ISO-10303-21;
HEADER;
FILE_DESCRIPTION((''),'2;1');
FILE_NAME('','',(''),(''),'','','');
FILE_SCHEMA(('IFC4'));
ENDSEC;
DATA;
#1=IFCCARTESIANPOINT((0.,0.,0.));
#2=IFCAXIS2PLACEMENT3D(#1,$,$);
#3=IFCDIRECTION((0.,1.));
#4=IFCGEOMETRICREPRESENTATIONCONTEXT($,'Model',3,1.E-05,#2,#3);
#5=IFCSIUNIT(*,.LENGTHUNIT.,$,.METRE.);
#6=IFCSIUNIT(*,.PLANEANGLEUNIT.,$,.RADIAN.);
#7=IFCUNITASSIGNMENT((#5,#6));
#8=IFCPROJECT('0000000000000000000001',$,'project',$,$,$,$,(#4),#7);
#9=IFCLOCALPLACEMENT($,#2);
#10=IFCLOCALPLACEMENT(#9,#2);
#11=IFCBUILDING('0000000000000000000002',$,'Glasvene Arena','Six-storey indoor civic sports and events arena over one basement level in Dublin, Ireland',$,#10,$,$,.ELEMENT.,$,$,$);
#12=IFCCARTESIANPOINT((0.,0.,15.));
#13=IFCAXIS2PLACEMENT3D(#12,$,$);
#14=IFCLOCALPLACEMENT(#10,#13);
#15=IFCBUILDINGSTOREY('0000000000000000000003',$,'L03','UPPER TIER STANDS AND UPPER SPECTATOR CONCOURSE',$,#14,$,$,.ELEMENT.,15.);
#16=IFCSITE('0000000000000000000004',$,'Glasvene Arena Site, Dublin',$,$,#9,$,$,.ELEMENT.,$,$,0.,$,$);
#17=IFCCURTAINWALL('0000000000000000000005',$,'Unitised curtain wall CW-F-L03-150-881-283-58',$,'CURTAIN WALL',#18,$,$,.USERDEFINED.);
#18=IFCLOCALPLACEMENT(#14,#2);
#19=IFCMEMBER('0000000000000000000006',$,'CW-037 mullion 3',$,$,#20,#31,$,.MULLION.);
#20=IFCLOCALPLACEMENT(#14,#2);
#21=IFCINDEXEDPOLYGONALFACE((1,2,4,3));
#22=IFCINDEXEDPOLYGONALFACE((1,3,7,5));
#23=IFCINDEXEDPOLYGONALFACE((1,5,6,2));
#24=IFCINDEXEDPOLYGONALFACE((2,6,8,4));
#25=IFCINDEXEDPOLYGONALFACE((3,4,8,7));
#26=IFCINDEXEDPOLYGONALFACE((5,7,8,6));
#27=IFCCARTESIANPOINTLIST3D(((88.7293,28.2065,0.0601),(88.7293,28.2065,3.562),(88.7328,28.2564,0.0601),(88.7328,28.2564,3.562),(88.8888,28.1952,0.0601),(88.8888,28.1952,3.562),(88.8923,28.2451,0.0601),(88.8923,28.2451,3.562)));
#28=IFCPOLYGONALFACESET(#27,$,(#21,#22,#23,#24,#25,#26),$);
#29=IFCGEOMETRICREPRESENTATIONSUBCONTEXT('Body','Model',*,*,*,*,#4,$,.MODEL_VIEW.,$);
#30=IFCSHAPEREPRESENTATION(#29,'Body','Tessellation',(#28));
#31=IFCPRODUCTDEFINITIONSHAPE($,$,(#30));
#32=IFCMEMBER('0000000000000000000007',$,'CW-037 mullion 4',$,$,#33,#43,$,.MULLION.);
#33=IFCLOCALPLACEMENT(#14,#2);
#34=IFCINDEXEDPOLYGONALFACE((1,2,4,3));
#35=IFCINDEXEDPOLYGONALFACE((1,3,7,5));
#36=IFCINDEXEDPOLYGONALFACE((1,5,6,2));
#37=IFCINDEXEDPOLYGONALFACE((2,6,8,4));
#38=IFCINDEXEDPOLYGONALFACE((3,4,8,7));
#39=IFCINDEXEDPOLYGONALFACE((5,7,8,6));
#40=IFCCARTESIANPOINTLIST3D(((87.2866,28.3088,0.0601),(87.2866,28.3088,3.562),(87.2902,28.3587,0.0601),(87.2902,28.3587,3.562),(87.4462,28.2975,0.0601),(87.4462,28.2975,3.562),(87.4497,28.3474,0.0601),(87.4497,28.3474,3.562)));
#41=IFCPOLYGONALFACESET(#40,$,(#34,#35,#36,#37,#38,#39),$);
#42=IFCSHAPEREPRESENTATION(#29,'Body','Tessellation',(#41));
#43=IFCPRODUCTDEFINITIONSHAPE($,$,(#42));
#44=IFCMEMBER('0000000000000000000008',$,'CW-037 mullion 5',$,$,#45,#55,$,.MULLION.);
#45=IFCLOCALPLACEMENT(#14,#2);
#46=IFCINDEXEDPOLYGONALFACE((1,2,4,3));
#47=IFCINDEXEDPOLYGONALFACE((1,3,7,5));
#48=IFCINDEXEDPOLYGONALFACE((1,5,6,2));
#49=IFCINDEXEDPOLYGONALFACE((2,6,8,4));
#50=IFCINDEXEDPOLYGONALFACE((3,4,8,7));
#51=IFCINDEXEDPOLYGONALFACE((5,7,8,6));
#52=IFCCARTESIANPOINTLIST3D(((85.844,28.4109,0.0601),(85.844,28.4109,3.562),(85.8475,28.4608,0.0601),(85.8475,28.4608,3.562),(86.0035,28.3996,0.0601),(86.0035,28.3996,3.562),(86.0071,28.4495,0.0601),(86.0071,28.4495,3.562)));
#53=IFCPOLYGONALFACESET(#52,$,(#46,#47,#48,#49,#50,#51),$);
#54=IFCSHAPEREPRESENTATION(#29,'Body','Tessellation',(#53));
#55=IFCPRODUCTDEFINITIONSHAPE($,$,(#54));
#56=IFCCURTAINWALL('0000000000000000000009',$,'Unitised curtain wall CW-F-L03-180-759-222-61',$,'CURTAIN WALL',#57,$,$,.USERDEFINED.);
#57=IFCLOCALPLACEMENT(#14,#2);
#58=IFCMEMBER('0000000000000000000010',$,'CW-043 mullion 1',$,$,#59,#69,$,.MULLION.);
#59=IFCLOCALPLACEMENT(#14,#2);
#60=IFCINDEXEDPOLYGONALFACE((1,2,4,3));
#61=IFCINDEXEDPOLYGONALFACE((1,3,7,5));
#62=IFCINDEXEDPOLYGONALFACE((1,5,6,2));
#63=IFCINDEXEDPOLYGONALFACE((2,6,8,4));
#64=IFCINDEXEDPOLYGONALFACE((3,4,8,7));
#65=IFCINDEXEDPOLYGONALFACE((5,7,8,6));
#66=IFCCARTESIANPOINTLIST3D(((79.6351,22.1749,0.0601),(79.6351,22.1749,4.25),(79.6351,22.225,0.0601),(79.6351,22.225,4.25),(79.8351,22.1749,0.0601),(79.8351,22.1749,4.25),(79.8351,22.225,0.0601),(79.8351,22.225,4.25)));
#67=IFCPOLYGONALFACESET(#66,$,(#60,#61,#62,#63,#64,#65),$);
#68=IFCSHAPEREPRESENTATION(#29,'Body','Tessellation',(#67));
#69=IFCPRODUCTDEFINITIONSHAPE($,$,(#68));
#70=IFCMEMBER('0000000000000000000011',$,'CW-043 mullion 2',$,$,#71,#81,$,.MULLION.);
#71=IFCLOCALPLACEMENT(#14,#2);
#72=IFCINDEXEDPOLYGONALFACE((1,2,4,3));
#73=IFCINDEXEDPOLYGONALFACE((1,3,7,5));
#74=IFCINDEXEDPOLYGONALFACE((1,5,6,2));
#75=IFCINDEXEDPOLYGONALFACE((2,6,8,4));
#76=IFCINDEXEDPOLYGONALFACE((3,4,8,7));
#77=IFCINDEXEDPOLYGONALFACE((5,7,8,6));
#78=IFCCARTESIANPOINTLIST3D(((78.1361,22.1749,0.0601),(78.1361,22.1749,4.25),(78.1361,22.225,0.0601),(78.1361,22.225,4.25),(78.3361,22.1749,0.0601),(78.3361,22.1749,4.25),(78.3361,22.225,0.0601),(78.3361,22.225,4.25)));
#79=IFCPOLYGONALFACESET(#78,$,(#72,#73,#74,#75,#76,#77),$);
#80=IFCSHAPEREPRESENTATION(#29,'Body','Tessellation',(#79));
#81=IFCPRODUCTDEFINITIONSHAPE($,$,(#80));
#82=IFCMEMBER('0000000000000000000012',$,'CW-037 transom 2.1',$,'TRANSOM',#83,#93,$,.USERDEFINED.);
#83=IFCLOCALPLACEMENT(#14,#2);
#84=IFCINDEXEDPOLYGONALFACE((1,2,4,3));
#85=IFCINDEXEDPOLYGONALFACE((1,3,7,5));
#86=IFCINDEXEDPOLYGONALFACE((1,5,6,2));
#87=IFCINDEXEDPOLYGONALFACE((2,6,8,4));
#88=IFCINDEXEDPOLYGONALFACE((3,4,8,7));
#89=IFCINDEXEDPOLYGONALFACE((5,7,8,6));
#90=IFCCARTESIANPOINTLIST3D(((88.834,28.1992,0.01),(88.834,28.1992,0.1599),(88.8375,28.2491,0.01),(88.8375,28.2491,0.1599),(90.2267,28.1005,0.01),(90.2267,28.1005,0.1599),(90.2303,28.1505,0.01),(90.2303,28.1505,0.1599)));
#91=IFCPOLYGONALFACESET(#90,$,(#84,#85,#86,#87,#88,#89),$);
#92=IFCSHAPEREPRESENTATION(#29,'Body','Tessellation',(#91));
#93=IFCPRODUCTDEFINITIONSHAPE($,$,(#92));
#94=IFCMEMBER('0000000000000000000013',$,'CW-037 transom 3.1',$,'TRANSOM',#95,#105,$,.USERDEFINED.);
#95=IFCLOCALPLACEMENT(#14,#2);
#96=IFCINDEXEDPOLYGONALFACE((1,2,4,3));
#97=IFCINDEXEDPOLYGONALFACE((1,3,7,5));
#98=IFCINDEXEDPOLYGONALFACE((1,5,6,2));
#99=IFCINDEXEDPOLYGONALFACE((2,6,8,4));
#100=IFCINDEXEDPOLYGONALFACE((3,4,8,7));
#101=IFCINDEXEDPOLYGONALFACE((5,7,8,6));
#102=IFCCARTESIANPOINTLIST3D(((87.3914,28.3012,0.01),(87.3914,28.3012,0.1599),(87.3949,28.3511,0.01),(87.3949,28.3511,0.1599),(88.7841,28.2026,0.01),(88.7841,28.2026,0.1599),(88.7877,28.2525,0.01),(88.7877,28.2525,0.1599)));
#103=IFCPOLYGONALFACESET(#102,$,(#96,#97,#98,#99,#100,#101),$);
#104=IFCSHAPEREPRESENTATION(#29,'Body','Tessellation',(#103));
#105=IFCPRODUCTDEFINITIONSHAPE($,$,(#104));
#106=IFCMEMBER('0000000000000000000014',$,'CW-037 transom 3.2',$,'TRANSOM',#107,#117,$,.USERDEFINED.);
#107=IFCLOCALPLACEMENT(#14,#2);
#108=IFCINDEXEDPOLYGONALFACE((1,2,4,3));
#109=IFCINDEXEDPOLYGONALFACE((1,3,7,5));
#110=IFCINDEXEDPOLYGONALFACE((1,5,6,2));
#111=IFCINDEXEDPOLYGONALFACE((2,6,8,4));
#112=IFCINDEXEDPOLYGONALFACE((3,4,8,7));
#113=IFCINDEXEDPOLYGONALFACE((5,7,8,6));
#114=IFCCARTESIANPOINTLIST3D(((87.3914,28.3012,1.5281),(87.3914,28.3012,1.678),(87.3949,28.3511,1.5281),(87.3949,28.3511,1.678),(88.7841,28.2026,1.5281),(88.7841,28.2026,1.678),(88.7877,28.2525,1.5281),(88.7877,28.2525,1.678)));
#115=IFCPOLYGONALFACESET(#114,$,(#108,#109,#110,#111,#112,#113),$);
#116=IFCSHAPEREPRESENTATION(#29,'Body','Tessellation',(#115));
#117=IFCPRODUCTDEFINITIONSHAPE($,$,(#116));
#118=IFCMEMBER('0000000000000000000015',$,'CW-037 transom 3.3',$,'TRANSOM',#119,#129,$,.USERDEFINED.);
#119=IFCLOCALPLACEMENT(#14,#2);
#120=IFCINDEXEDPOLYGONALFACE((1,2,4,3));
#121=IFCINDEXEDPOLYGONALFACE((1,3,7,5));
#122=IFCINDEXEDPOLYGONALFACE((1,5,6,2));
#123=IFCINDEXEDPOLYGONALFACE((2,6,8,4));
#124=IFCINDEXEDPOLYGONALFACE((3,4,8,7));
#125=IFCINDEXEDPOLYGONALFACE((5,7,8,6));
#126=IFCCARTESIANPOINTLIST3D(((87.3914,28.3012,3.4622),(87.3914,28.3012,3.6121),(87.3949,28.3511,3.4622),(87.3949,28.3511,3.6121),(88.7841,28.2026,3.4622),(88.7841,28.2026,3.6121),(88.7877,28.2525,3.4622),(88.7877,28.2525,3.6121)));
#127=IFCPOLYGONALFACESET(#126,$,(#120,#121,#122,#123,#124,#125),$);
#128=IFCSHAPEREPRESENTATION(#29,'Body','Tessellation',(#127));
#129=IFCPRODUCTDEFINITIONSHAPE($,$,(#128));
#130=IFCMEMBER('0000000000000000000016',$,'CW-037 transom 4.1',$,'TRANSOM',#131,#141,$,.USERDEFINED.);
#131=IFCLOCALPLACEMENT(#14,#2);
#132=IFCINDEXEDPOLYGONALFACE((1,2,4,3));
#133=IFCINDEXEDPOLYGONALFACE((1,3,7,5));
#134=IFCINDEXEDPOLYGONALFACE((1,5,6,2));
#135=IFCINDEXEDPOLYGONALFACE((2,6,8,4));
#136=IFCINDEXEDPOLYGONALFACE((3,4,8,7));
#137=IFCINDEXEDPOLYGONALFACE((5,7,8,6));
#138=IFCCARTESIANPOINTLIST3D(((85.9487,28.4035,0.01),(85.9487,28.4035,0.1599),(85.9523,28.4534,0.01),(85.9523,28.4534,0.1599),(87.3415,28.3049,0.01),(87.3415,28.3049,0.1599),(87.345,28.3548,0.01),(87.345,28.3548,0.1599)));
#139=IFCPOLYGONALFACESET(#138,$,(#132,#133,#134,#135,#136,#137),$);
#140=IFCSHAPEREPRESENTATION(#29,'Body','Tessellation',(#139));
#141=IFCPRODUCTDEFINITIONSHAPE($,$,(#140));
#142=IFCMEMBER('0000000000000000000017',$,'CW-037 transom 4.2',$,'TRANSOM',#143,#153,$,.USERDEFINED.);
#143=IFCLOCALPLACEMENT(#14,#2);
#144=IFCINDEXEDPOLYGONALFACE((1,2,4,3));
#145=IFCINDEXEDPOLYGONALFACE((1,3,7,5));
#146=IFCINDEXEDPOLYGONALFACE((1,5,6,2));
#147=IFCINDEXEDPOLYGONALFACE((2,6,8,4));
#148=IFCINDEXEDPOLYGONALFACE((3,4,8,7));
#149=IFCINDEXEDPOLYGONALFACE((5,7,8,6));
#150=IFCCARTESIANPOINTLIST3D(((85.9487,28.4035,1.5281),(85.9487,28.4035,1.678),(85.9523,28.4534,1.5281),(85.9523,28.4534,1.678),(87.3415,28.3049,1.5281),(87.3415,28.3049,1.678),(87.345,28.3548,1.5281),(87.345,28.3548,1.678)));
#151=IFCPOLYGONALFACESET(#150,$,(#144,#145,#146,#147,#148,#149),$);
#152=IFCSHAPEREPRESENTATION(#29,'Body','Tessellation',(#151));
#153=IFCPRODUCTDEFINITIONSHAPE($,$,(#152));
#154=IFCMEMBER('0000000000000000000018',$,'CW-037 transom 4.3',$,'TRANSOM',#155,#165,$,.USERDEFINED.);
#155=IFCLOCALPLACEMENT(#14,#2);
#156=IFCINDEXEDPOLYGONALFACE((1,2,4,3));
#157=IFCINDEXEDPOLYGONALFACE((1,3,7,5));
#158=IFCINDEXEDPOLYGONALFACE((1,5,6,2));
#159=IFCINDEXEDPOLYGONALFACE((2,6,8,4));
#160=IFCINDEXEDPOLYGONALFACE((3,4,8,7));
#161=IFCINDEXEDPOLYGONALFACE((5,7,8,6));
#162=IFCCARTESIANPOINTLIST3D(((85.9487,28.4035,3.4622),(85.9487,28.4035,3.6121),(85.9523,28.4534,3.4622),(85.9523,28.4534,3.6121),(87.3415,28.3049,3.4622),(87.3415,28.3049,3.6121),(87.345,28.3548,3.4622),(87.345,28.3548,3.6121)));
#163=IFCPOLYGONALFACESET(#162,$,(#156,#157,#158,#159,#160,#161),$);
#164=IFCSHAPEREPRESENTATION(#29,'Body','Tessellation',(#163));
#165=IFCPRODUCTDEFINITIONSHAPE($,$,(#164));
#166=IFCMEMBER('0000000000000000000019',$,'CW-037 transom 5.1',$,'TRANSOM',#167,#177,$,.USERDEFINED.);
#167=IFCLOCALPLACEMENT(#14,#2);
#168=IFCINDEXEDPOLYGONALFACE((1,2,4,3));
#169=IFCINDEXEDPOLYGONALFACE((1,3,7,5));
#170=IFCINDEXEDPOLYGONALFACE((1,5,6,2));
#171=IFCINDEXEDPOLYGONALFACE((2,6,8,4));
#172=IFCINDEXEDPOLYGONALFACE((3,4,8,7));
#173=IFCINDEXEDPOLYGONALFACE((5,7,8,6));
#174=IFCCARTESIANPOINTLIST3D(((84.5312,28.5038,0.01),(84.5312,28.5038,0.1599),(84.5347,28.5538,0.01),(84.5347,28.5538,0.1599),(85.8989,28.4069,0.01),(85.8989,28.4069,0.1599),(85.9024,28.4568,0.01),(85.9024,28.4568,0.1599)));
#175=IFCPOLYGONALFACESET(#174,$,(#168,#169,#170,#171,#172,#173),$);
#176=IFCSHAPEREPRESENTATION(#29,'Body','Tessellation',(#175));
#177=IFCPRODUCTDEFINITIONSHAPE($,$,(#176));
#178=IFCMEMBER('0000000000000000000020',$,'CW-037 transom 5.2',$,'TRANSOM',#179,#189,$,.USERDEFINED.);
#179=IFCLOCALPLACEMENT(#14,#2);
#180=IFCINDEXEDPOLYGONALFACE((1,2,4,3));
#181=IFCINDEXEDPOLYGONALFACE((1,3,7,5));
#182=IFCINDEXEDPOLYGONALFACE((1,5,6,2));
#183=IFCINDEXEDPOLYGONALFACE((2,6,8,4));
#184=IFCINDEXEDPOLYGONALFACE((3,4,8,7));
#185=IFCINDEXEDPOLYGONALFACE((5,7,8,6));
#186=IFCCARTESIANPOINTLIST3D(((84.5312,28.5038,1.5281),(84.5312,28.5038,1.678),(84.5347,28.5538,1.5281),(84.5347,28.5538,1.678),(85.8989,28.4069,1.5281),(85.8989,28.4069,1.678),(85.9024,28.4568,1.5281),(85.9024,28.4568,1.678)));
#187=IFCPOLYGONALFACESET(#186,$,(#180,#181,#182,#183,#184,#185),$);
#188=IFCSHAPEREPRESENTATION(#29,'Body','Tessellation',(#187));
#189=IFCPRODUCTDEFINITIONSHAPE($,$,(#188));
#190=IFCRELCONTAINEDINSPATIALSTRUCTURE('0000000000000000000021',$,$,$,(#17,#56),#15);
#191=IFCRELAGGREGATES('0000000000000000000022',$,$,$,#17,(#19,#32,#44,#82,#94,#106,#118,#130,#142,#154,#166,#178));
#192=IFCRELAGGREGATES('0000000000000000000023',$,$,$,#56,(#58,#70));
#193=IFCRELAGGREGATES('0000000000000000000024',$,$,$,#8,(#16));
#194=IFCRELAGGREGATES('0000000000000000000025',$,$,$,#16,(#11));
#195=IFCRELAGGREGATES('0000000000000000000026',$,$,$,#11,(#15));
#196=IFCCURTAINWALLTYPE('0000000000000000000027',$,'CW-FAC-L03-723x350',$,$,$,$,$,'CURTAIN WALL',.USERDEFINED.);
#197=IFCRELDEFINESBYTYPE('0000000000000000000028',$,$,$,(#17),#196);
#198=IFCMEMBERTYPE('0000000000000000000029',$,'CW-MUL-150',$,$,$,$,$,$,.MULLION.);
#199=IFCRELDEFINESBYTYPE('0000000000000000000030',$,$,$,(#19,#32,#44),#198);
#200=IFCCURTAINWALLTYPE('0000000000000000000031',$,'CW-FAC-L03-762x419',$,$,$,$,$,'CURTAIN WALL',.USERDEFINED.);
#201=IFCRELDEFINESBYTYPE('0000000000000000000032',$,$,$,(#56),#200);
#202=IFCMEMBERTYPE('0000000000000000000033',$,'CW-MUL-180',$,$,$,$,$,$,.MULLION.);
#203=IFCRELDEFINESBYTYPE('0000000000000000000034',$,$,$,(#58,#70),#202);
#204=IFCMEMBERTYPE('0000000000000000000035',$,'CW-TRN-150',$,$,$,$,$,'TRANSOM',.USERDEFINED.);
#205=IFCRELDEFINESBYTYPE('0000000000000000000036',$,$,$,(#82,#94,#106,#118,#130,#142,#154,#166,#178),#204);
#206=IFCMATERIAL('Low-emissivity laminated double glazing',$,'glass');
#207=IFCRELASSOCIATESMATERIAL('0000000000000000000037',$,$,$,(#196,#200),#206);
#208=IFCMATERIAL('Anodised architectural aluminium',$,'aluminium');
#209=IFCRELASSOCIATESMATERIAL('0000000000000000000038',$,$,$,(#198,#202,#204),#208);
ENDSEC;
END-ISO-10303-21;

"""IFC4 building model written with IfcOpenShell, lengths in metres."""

from ifc_helpers import new_model, si_unit, direction, frame, origin, origin_2d, place, context, subcontext, project, spatial, rectangle, extrude, material, material_profile, profile_set, type_object, element, aggregate, save


model = new_model("IFC4")

# Units and contexts
model_context = context("Model", 3, precision=1e-05, world=origin(), true_north=direction((0.0, 1.0)))
body_context = subcontext(model_context, "Body", "Model", "MODEL_VIEW")
ifc_project = project(units=[si_unit("LENGTHUNIT", "METRE"), si_unit("PLANEANGLEUNIT", "RADIAN")], contexts=[model_context])

# Site, building, storey
site_placement = place(None, origin())
site = spatial("IfcSite", under=ifc_project, at=site_placement, Name="Glasvene Arena Site, Dublin", CompositionType="ELEMENT", RefElevation=0.0)
building_placement = place(site_placement, origin())
building = spatial("IfcBuilding", under=site, at=building_placement, Name="Glasvene Arena", Description="Six-storey indoor civic sports and events arena over one basement level in Dublin, Ireland", CompositionType="ELEMENT")
storey_placement = place(building_placement, frame((0.0, 0.0, 15.0)))
storey = spatial("IfcBuildingStorey", under=building, at=storey_placement, Name="L03", Description="UPPER TIER STANDS AND UPPER SPECTATOR CONCOURSE", CompositionType="ELEMENT", Elevation=15.0)

# Curtain walls, members
ifc_material_1 = material(Name="Low-emissivity laminated double glazing", Category="glass")
curtain_wall_type_1 = type_object("IfcCurtainWallType", Name="CW-FAC-L03-723x350", ElementType="CURTAIN WALL", PredefinedType="USERDEFINED", material=ifc_material_1)
curtain_wall_1_placement = place(storey_placement, frame((91.696, 28.0215, 0.0)))
curtain_wall_1 = element("IfcCurtainWall", 1, at=curtain_wall_1_placement, inside=storey, type_object=curtain_wall_type_1, Name="Unitised curtain wall CW-F-L03-150-881-283-58", ObjectType="CURTAIN WALL", PredefinedType="USERDEFINED")
ifc_material_2 = material(Name="Anodised architectural aluminium", Category="aluminium")
ifc_material_profile_1 = material_profile(ifc_material_2, rectangle(XDim=0.05, YDim=0.1599, at=origin_2d()), Name="ALU MULLION 50x160")
ifc_profile_set_1 = profile_set([ifc_material_profile_1], Name="Anodised architectural aluminium")
member_type_1 = type_object("IfcMemberType", Name="CW-MUL-150", PredefinedType="MULLION", material=ifc_profile_set_1)
member_1_placement = place(storey_placement, frame((88.8108, 28.2258, 0.0601), z_axis=(0.0, 0.0, 1.0), x_axis=(-0.070652, -0.997501, 0.0)))
member_1 = element("IfcMember", 2, at=member_1_placement, type_object=member_type_1, Name="CW-037 mullion 3", PredefinedType="MULLION", context=body_context, shape_type="SweptSolid", body=[
    extrude(rectangle(XDim=0.05, YDim=0.1599, at=origin_2d()), origin(), (0.0, 0.0, 1.0), 3.502),
])
member_2_placement = place(storey_placement, frame((87.3682, 28.3281, 0.0601), z_axis=(0.0, 0.0, 1.0), x_axis=(-0.070652, -0.997501, 0.0)))
member_2 = element("IfcMember", 3, at=member_2_placement, type_object=member_type_1, Name="CW-037 mullion 4", PredefinedType="MULLION", context=body_context, shape_type="SweptSolid", body=[
    extrude(rectangle(XDim=0.05, YDim=0.1599, at=origin_2d()), origin(), (0.0, 0.0, 1.0), 3.502),
])
member_3_placement = place(storey_placement, frame((85.9255, 28.4302, 0.0601), z_axis=(0.0, 0.0, 1.0), x_axis=(-0.070652, -0.997501, 0.0)))
member_3 = element("IfcMember", 4, at=member_3_placement, type_object=member_type_1, Name="CW-037 mullion 5", PredefinedType="MULLION", context=body_context, shape_type="SweptSolid", body=[
    extrude(rectangle(XDim=0.05, YDim=0.1599, at=origin_2d()), origin(), (0.0, 0.0, 1.0), 3.502),
])
curtain_wall_type_2 = type_object("IfcCurtainWallType", Name="CW-FAC-L03-762x419", ElementType="CURTAIN WALL", PredefinedType="USERDEFINED", material=ifc_material_1)
curtain_wall_2_placement = place(storey_placement, frame((79.76, 22.2, 0.0)))
curtain_wall_2 = element("IfcCurtainWall", 5, at=curtain_wall_2_placement, inside=storey, type_object=curtain_wall_type_2, Name="Unitised curtain wall CW-F-L03-180-759-222-61", ObjectType="CURTAIN WALL", PredefinedType="USERDEFINED")
ifc_material_profile_2 = material_profile(ifc_material_2, rectangle(XDim=0.05, YDim=0.2, at=origin_2d()), Name="ALU MULLION 50x200")
ifc_profile_set_2 = profile_set([ifc_material_profile_2], Name="Anodised architectural aluminium")
member_type_2 = type_object("IfcMemberType", Name="CW-MUL-180", PredefinedType="MULLION", material=ifc_profile_set_2)
member_4_placement = place(storey_placement, frame((79.7351, 22.2, 0.0601), z_axis=(0.0, 0.0, 1.0), x_axis=(0.0, -1.0, 0.0)))
member_4 = element("IfcMember", 6, at=member_4_placement, type_object=member_type_2, Name="CW-043 mullion 1", PredefinedType="MULLION", context=body_context, shape_type="SweptSolid", body=[
    extrude(rectangle(XDim=0.05, YDim=0.2, at=origin_2d()), origin(), (0.0, 0.0, 1.0), 4.1899),
])
member_5_placement = place(storey_placement, frame((78.2361, 22.2, 0.0601), z_axis=(0.0, 0.0, 1.0), x_axis=(0.0, -1.0, 0.0)))
member_5 = element("IfcMember", 7, at=member_5_placement, type_object=member_type_2, Name="CW-043 mullion 2", PredefinedType="MULLION", context=body_context, shape_type="SweptSolid", body=[
    extrude(rectangle(XDim=0.05, YDim=0.2, at=origin_2d()), origin(), (0.0, 0.0, 1.0), 4.1899),
])

# Members
ifc_material_profile_3 = material_profile(ifc_material_2, rectangle(XDim=0.05, YDim=0.1499, at=origin_2d()), Name="ALU TRANSOM 50x150")
ifc_profile_set_3 = profile_set([ifc_material_profile_3], Name="Anodised architectural aluminium")
member_type_3 = type_object("IfcMemberType", Name="CW-TRN-150", ElementType="TRANSOM", PredefinedType="USERDEFINED", material=ifc_profile_set_3)
member_6_placement = place(storey_placement, frame((90.2285, 28.1255, 0.085), z_axis=(-0.997502, 0.070638, 0.0), x_axis=(-0.070638, -0.997502, 0.0)))
member_6 = element("IfcMember", 8, at=member_6_placement, type_object=member_type_3, Name="CW-037 transom 2.1", ObjectType="TRANSOM", PredefinedType="USERDEFINED", context=body_context, shape_type="SweptSolid", body=[
    extrude(rectangle(XDim=0.05, YDim=0.1499, at=origin_2d()), origin(), (0.0, 0.0, 1.0), 1.3962),
])
member_7_placement = place(storey_placement, frame((88.7859, 28.2275, 0.085), z_axis=(-0.997502, 0.070638, 0.0), x_axis=(-0.070638, -0.997502, 0.0)))
member_7 = element("IfcMember", 9, at=member_7_placement, type_object=member_type_3, Name="CW-037 transom 3.1", ObjectType="TRANSOM", PredefinedType="USERDEFINED", context=body_context, shape_type="SweptSolid", body=[
    extrude(rectangle(XDim=0.05, YDim=0.1499, at=origin_2d()), origin(), (0.0, 0.0, 1.0), 1.3962),
])
member_8_placement = place(storey_placement, frame((88.7859, 28.2275, 1.603), z_axis=(-0.997502, 0.070638, 0.0), x_axis=(-0.070638, -0.997502, 0.0)))
member_8 = element("IfcMember", 10, at=member_8_placement, type_object=member_type_3, Name="CW-037 transom 3.2", ObjectType="TRANSOM", PredefinedType="USERDEFINED", context=body_context, shape_type="SweptSolid", body=[
    extrude(rectangle(XDim=0.05, YDim=0.1499, at=origin_2d()), origin(), (0.0, 0.0, 1.0), 1.3962),
])
member_9_placement = place(storey_placement, frame((88.7859, 28.2275, 3.5371), z_axis=(-0.997502, 0.070638, 0.0), x_axis=(-0.070638, -0.997502, 0.0)))
member_9 = element("IfcMember", 11, at=member_9_placement, type_object=member_type_3, Name="CW-037 transom 3.3", ObjectType="TRANSOM", PredefinedType="USERDEFINED", context=body_context, shape_type="SweptSolid", body=[
    extrude(rectangle(XDim=0.05, YDim=0.1499, at=origin_2d()), origin(), (0.0, 0.0, 1.0), 1.3962),
])
member_10_placement = place(storey_placement, frame((87.3433, 28.3298, 0.085), z_axis=(-0.997502, 0.070638, 0.0), x_axis=(-0.070638, -0.997502, 0.0)))
member_10 = element("IfcMember", 12, at=member_10_placement, type_object=member_type_3, Name="CW-037 transom 4.1", ObjectType="TRANSOM", PredefinedType="USERDEFINED", context=body_context, shape_type="SweptSolid", body=[
    extrude(rectangle(XDim=0.05, YDim=0.1499, at=origin_2d()), origin(), (0.0, 0.0, 1.0), 1.3962),
])
member_11_placement = place(storey_placement, frame((87.3433, 28.3298, 1.603), z_axis=(-0.997502, 0.070638, 0.0), x_axis=(-0.070638, -0.997502, 0.0)))
member_11 = element("IfcMember", 13, at=member_11_placement, type_object=member_type_3, Name="CW-037 transom 4.2", ObjectType="TRANSOM", PredefinedType="USERDEFINED", context=body_context, shape_type="SweptSolid", body=[
    extrude(rectangle(XDim=0.05, YDim=0.1499, at=origin_2d()), origin(), (0.0, 0.0, 1.0), 1.3962),
])
member_12_placement = place(storey_placement, frame((87.3433, 28.3298, 3.5371), z_axis=(-0.997502, 0.070638, 0.0), x_axis=(-0.070638, -0.997502, 0.0)))
member_12 = element("IfcMember", 14, at=member_12_placement, type_object=member_type_3, Name="CW-037 transom 4.3", ObjectType="TRANSOM", PredefinedType="USERDEFINED", context=body_context, shape_type="SweptSolid", body=[
    extrude(rectangle(XDim=0.05, YDim=0.1499, at=origin_2d()), origin(), (0.0, 0.0, 1.0), 1.3962),
])
member_13_placement = place(storey_placement, frame((85.9006, 28.4319, 0.085), z_axis=(-0.997498, 0.07069, 0.0), x_axis=(-0.07069, -0.997498, 0.0)))
member_13 = element("IfcMember", 15, at=member_13_placement, type_object=member_type_3, Name="CW-037 transom 5.1", ObjectType="TRANSOM", PredefinedType="USERDEFINED", context=body_context, shape_type="SweptSolid", body=[
    extrude(rectangle(XDim=0.05, YDim=0.1499, at=origin_2d()), origin(), (0.0, 0.0, 1.0), 1.3711),
])
member_14_placement = place(storey_placement, frame((85.9006, 28.4319, 1.603), z_axis=(-0.997498, 0.07069, 0.0), x_axis=(-0.07069, -0.997498, 0.0)))
member_14 = element("IfcMember", 16, at=member_14_placement, type_object=member_type_3, Name="CW-037 transom 5.2", ObjectType="TRANSOM", PredefinedType="USERDEFINED", context=body_context, shape_type="SweptSolid", body=[
    extrude(rectangle(XDim=0.05, YDim=0.1499, at=origin_2d()), origin(), (0.0, 0.0, 1.0), 1.3711),
])

aggregate(curtain_wall_1, [member_1, member_2, member_3, member_6, member_7, member_8, member_9, member_10, member_11, member_12, member_13, member_14])
aggregate(curtain_wall_2, [member_4, member_5])

save(model, "model.ifc")
